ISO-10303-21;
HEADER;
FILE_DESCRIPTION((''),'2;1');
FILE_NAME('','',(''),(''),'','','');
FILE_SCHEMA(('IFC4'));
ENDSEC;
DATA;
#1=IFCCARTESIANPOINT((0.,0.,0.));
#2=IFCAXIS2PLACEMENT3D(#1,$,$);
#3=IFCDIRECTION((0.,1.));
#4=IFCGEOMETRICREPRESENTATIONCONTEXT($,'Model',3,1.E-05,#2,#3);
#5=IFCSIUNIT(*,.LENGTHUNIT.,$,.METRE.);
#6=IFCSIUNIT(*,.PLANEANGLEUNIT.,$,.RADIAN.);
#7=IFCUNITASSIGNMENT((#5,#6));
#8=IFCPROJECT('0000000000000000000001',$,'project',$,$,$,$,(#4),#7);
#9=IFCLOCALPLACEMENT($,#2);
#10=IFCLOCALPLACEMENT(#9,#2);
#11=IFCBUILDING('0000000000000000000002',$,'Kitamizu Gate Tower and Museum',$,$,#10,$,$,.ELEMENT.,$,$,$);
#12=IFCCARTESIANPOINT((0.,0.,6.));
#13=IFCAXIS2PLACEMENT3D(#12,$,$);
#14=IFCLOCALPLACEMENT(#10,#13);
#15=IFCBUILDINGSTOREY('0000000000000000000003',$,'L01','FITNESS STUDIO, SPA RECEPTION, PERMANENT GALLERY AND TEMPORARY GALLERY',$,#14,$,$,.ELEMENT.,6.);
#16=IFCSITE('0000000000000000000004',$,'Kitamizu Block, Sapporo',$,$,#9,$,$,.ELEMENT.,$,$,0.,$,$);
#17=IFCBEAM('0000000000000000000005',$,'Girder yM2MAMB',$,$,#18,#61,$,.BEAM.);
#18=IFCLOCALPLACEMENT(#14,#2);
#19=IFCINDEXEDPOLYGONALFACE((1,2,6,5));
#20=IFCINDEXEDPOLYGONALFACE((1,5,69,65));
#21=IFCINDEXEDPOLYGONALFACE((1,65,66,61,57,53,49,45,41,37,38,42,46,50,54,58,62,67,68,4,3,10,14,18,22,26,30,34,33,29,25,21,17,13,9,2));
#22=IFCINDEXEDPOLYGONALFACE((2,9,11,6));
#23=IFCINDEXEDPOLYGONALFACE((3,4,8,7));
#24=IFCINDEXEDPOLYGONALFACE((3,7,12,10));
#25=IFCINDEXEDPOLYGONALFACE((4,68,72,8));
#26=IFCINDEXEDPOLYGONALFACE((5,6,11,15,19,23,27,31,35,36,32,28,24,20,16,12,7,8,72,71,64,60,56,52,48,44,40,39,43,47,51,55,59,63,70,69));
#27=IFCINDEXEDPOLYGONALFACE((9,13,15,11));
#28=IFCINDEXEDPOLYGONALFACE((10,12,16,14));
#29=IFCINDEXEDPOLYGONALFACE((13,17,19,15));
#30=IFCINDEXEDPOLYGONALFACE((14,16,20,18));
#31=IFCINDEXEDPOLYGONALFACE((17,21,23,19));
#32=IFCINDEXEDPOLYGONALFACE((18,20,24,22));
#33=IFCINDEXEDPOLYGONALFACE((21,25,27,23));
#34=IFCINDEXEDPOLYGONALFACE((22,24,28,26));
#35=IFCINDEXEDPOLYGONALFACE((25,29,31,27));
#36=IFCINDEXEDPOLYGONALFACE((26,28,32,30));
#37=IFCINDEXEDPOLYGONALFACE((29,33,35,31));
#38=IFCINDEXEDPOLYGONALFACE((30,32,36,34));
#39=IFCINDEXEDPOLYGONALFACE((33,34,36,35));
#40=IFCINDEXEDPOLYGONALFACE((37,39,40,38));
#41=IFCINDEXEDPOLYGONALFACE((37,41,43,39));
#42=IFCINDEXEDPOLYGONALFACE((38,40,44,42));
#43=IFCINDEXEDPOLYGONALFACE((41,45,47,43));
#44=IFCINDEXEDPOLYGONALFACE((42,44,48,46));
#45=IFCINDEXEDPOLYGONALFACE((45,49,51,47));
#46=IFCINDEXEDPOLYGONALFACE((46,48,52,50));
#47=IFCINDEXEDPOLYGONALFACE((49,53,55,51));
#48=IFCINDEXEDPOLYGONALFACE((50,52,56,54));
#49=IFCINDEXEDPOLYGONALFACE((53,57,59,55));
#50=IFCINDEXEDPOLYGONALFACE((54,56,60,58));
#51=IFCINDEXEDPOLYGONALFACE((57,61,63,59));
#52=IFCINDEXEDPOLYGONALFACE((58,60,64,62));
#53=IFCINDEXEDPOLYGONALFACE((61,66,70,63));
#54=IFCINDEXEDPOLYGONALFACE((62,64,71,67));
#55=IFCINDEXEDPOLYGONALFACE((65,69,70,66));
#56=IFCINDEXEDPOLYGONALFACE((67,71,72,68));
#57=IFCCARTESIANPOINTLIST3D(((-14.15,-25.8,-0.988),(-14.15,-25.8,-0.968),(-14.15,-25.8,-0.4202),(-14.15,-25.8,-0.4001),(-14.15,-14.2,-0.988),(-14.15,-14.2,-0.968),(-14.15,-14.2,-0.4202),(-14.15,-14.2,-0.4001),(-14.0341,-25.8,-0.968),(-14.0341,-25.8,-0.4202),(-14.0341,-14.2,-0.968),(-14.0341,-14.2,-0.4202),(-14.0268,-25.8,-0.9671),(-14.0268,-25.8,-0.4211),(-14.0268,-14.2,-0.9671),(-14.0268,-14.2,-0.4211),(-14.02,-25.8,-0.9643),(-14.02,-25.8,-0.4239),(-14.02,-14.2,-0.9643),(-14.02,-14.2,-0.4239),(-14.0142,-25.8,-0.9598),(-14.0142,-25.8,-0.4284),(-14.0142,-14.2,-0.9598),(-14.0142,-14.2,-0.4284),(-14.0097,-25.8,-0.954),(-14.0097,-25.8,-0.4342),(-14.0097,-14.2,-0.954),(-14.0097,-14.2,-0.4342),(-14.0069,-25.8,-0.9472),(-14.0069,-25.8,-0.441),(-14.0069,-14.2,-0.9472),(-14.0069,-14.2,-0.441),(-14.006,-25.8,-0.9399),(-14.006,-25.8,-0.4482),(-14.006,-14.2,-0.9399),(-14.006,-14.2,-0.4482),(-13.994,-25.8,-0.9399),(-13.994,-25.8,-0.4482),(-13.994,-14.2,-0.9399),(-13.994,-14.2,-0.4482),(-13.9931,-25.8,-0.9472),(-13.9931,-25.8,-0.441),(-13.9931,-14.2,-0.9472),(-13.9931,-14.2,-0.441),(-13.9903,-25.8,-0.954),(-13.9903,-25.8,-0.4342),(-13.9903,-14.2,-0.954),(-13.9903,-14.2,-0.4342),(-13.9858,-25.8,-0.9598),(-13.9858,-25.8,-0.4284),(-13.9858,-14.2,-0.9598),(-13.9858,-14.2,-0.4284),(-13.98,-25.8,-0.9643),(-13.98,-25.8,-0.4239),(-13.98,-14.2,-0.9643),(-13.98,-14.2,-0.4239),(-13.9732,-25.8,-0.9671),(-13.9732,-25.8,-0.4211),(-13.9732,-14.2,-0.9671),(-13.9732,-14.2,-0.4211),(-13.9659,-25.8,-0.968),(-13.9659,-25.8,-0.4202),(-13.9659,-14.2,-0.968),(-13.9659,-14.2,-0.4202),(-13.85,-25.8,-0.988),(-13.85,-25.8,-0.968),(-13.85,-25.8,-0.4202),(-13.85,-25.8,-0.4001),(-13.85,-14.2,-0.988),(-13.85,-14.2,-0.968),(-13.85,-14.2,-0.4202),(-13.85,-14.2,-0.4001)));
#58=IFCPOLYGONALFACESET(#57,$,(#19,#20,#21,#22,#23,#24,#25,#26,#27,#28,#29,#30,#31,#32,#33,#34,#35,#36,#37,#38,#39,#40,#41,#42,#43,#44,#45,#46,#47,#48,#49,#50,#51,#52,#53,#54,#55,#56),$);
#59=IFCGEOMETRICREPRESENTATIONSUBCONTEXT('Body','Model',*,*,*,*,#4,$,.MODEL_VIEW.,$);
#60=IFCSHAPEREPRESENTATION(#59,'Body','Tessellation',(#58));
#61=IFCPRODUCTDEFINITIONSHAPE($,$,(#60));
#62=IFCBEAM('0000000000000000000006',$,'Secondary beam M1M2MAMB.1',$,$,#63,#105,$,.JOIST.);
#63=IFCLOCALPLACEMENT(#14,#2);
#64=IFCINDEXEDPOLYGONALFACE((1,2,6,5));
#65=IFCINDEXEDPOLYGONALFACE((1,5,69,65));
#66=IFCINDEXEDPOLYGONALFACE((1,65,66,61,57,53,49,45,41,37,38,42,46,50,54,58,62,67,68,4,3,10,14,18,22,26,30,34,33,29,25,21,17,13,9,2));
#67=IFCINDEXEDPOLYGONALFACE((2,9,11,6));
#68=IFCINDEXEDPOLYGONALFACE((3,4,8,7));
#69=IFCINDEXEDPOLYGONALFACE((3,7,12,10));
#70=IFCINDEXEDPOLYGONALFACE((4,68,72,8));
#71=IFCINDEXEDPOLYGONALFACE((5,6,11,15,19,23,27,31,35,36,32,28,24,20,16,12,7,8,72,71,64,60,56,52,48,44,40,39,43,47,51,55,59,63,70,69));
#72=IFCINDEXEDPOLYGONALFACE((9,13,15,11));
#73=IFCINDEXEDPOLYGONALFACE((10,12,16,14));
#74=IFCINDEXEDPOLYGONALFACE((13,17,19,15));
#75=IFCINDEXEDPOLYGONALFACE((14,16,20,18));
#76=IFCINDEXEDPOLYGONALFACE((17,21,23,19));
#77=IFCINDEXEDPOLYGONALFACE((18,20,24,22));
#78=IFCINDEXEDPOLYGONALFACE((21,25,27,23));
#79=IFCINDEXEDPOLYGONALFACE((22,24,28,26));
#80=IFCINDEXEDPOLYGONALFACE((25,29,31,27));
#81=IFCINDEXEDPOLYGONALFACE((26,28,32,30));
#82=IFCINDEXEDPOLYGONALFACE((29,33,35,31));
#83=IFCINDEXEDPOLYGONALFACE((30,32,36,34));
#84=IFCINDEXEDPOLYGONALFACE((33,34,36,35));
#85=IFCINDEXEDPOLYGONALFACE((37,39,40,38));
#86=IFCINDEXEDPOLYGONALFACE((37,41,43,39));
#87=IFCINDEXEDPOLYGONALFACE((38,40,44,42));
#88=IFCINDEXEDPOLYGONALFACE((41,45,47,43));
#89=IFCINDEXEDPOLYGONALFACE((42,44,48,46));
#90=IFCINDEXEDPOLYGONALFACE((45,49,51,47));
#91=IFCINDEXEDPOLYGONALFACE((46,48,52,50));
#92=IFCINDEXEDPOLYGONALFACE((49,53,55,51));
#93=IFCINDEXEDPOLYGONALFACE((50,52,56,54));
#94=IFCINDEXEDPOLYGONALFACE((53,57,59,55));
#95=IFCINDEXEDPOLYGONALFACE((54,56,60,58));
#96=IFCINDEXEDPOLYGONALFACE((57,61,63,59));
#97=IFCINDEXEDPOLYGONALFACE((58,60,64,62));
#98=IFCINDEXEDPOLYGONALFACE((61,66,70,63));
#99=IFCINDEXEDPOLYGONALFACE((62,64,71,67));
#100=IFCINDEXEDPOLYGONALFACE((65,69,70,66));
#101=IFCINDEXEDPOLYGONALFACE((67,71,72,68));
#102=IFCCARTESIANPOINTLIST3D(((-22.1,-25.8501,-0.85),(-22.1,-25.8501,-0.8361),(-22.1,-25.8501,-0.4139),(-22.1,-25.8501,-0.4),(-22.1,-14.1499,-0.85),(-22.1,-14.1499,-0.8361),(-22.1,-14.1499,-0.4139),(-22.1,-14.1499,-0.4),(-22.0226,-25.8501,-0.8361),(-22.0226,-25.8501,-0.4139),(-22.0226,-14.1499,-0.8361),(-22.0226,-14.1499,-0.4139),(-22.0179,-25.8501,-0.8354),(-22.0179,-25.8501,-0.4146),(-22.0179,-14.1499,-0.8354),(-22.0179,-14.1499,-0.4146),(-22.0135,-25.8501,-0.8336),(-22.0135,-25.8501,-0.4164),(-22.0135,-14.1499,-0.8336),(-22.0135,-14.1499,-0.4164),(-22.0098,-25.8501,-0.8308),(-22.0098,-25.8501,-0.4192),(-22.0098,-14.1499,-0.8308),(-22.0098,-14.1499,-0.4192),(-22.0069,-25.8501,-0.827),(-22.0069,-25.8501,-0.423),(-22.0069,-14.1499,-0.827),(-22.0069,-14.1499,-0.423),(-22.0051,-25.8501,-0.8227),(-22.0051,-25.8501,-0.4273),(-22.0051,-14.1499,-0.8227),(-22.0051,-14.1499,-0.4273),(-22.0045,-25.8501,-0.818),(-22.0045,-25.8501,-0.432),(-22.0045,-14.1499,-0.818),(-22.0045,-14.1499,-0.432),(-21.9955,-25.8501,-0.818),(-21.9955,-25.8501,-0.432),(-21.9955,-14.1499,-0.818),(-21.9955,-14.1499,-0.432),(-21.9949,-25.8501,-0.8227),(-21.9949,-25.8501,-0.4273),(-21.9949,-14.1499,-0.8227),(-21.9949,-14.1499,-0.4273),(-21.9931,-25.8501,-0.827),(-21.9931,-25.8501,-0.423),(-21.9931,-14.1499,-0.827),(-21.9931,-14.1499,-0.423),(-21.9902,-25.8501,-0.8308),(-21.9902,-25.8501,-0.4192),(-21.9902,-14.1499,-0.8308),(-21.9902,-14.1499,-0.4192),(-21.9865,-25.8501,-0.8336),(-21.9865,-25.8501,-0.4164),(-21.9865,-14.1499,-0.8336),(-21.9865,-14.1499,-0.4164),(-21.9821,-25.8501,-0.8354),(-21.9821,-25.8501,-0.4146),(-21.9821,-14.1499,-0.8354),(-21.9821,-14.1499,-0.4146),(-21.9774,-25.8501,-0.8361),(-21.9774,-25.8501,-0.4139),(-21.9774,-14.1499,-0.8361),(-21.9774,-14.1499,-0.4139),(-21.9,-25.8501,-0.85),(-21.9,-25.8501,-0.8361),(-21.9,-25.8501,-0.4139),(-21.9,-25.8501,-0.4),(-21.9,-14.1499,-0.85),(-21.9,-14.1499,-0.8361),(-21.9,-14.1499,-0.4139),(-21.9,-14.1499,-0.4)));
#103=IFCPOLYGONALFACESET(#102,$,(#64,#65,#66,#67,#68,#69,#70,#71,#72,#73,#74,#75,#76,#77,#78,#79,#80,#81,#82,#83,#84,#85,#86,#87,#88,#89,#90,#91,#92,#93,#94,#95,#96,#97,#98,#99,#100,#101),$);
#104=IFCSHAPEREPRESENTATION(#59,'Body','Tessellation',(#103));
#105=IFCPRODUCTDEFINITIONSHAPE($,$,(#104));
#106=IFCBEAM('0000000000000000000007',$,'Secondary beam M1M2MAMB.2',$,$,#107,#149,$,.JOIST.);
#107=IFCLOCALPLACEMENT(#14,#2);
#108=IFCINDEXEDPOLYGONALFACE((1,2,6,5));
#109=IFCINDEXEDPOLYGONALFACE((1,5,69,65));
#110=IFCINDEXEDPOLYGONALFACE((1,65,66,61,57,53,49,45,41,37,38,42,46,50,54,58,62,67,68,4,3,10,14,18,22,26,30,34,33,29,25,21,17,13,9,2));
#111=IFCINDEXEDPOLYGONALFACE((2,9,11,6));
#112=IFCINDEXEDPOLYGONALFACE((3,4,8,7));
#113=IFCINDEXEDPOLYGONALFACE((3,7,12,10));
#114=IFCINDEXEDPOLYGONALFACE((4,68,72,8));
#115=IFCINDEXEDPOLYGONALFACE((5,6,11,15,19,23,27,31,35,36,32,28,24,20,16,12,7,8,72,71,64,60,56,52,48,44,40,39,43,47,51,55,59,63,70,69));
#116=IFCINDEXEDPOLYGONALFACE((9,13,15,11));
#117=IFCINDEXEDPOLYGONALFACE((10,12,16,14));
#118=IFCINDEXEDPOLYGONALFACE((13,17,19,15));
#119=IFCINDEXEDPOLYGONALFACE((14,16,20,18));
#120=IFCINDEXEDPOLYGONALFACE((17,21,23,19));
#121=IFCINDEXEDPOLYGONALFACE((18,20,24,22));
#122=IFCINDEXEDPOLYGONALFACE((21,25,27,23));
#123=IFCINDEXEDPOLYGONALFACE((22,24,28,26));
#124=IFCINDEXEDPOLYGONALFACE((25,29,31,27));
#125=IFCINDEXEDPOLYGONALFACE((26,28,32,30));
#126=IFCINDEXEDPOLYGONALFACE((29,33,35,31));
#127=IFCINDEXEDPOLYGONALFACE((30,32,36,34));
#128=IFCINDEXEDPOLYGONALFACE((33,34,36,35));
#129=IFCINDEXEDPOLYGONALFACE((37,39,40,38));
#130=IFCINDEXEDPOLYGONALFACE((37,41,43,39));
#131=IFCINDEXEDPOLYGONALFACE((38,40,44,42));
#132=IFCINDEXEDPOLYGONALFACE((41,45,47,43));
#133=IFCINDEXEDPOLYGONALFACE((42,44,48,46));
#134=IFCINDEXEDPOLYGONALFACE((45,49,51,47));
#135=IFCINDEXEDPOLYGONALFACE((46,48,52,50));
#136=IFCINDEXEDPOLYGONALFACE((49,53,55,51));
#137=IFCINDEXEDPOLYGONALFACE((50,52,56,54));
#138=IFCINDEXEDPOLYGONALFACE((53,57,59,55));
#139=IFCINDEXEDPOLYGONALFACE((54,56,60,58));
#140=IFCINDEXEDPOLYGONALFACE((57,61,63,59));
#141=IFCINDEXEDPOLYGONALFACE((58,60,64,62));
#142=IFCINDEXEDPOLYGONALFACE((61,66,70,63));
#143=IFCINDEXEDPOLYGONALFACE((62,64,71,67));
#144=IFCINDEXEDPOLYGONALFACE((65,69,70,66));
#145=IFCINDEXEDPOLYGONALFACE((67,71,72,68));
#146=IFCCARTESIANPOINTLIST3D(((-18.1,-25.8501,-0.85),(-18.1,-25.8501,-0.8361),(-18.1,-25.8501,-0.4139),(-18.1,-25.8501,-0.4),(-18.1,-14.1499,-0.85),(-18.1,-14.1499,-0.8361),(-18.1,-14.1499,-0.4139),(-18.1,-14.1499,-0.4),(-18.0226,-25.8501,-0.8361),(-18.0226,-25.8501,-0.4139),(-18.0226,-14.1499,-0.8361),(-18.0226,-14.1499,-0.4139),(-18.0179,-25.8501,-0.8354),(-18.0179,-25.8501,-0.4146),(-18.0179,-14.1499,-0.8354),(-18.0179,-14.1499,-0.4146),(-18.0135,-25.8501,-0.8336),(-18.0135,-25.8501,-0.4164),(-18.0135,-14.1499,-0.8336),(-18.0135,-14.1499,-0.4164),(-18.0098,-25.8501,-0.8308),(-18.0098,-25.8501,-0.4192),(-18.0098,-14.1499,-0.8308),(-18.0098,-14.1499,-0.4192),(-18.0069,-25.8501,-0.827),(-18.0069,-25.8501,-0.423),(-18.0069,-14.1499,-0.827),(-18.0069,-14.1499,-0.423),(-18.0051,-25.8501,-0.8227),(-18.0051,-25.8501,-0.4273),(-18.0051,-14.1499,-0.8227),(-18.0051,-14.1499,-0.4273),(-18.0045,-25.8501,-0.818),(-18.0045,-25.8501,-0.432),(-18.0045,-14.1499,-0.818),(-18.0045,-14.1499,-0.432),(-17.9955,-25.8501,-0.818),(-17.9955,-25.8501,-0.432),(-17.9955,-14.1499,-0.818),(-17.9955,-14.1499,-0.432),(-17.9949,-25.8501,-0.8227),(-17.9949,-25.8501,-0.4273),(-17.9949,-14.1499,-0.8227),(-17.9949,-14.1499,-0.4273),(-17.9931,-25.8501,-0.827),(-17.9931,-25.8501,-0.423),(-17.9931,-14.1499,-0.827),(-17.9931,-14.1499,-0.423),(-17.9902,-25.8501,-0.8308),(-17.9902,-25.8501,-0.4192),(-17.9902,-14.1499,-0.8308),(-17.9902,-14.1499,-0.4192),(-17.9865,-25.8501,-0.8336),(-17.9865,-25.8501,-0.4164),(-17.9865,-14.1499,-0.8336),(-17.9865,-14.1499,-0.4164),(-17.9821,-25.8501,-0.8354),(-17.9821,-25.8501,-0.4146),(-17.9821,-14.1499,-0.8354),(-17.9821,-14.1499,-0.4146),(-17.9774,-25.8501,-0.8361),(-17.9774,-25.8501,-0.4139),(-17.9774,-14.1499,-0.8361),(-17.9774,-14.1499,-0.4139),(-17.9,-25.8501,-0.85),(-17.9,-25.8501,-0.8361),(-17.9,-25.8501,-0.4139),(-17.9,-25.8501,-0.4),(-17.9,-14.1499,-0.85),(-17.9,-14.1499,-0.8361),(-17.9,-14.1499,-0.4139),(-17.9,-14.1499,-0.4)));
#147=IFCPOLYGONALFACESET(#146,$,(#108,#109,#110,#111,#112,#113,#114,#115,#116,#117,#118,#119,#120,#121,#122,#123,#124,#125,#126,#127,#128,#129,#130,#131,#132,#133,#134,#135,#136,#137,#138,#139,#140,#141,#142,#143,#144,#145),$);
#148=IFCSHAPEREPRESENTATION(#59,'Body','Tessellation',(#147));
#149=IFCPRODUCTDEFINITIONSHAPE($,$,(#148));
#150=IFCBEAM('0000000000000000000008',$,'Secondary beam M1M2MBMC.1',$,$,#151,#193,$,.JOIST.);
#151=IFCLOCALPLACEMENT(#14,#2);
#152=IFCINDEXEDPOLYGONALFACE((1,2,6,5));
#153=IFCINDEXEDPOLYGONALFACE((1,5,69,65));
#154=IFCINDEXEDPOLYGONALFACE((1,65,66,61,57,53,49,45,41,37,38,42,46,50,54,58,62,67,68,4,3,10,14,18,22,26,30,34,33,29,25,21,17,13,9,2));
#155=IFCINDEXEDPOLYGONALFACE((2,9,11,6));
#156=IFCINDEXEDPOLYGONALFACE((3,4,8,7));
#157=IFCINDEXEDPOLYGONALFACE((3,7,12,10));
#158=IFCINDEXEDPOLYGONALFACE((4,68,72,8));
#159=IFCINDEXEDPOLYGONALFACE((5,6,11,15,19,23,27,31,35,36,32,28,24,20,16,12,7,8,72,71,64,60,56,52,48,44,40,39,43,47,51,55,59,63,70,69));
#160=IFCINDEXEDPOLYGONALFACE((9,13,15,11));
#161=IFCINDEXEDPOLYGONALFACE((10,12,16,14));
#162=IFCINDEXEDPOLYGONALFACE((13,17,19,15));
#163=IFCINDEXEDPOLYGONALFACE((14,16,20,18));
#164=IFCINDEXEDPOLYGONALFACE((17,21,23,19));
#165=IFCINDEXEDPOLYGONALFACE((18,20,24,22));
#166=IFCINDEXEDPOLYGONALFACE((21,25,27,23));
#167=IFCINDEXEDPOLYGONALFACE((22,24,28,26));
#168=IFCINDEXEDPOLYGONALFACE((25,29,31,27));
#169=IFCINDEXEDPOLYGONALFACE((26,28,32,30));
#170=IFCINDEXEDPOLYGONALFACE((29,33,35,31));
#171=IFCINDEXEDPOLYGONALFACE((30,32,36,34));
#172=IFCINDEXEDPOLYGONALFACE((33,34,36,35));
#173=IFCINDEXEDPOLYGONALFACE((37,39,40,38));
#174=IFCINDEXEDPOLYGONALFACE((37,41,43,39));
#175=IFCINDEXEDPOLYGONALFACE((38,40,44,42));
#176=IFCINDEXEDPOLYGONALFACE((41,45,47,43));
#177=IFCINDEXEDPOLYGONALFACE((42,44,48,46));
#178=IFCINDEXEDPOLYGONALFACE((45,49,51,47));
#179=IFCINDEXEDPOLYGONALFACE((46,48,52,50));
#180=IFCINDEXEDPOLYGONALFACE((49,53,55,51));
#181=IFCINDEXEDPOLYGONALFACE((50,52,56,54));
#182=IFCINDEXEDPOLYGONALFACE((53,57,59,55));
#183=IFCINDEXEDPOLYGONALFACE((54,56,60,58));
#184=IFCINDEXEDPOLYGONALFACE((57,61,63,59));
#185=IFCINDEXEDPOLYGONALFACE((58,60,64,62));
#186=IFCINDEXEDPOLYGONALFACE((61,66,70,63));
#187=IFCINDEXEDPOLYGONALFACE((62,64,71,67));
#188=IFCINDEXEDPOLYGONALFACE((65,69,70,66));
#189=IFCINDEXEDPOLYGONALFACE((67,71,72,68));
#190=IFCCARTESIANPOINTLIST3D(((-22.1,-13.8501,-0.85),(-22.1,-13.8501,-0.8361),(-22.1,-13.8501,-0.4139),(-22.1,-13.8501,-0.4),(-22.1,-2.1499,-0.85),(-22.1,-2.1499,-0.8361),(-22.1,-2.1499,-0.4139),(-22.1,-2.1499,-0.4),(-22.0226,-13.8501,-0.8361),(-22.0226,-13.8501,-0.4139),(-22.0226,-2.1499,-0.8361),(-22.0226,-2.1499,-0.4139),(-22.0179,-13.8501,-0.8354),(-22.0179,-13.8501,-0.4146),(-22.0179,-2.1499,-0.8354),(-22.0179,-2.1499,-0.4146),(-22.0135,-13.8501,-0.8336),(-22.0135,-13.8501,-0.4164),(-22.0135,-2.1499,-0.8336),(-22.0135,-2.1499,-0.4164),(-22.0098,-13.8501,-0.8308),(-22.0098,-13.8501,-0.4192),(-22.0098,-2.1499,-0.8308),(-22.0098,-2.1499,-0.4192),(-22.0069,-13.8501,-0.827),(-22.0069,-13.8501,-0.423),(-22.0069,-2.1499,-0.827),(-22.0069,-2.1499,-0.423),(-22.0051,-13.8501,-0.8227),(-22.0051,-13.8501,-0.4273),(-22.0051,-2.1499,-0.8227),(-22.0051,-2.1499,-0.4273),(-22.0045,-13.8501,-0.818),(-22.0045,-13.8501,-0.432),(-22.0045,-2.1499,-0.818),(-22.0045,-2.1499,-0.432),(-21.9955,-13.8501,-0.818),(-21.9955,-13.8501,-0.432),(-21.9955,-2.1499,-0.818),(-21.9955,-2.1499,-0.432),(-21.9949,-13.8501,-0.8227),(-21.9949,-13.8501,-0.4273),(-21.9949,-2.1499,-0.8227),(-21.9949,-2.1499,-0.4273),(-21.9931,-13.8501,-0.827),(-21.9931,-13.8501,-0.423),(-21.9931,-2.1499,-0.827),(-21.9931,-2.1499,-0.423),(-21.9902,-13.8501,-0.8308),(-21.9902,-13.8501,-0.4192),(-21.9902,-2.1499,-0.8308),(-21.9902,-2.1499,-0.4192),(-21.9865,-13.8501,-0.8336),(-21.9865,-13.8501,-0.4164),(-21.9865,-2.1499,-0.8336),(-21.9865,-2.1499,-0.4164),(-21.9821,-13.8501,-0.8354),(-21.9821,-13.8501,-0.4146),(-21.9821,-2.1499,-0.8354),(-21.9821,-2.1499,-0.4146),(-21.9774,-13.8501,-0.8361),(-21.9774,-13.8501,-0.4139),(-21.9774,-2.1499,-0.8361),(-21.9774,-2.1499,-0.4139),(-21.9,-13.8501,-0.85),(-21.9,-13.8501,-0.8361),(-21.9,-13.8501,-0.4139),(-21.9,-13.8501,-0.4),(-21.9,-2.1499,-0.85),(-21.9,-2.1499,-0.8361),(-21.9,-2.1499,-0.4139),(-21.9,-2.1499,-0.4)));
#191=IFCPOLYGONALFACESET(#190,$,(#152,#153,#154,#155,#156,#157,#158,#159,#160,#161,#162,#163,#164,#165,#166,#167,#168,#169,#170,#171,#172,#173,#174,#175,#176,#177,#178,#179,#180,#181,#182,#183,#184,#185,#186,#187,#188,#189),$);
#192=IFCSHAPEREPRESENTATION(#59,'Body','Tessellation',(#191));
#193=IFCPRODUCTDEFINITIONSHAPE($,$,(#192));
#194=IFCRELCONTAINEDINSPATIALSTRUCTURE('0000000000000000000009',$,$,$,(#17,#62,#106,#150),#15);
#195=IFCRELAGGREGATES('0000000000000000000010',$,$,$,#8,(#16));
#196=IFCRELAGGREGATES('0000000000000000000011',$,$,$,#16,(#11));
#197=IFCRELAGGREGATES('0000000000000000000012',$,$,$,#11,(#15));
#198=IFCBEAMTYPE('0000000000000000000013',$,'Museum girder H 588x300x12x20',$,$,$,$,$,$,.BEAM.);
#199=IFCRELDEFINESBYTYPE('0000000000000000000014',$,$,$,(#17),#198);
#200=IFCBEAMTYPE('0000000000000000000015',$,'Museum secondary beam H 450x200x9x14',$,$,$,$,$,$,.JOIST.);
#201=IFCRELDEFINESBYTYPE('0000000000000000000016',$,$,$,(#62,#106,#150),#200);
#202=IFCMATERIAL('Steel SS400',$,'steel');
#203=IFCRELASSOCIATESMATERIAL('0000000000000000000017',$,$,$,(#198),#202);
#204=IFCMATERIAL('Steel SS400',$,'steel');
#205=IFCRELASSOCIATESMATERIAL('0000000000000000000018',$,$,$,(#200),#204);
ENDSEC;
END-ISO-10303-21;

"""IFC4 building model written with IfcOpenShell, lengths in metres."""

from ifc_helpers import new_model, si_unit, direction, frame, origin, origin_2d, place, context, subcontext, project, spatial, i_section, extrude, material, material_profile, profile_set, type_object, element, save


model = new_model("IFC4")

# Units and contexts
model_context = context("Model", 3, precision=1e-05, world=origin(), true_north=direction((0.0, 1.0)))
body_context = subcontext(model_context, "Body", "Model", "MODEL_VIEW")
ifc_project = project(units=[si_unit("LENGTHUNIT", "METRE"), si_unit("PLANEANGLEUNIT", "RADIAN")], contexts=[model_context])

# Site, building, storey
site_placement = place(None, origin())
site = spatial("IfcSite", under=ifc_project, at=site_placement, Name="Kitamizu Block, Sapporo", CompositionType="ELEMENT", RefElevation=0.0)
building_placement = place(site_placement, origin())
building = spatial("IfcBuilding", under=site, at=building_placement, Name="Kitamizu Gate Tower and Museum", CompositionType="ELEMENT")
storey_placement = place(building_placement, frame((0.0, 0.0, 6.0)))
storey = spatial("IfcBuildingStorey", under=building, at=storey_placement, Name="L01", Description="FITNESS STUDIO, SPA RECEPTION, PERMANENT GALLERY AND TEMPORARY GALLERY", CompositionType="ELEMENT", Elevation=6.0)

# Beams
ifc_material_1 = material(Name="Steel SS400", Category="steel")
ifc_material_profile_1 = material_profile(ifc_material_1, i_section(OverallWidth=0.3, OverallDepth=0.5879, WebThickness=0.012, FlangeThickness=0.02, FilletRadius=0.0281, at=origin_2d()), Name="H-588x300x12x20")
ifc_profile_set_1 = profile_set([ifc_material_profile_1], Name="Steel SS400")
beam_type_1 = type_object("IfcBeamType", Name="Museum girder H 588x300x12x20", PredefinedType="BEAM", material=ifc_profile_set_1)
for number, where, z_axis, x_axis, name in (
    (1, (-14.0, -25.8, -0.6941), (0.0, 1.0, 0.0), (-1.0, 0.0, 0.0), "Girder yM2MAMB"),
):
    element("IfcBeam", number, at=place(storey_placement, frame(where, z_axis=z_axis, x_axis=x_axis)), inside=storey, type_object=beam_type_1, Name=name, PredefinedType="BEAM", context=body_context, shape_type="SweptSolid", body=[
        extrude(i_section(OverallWidth=0.3, OverallDepth=0.5879, WebThickness=0.012, FlangeThickness=0.02, FilletRadius=0.0281, at=origin_2d()), origin(), (0.0, 0.0, 1.0), 11.6001),
    ])
ifc_material_2 = material(Name="Steel SS400", Category="steel")
ifc_material_profile_2 = material_profile(ifc_material_2, i_section(OverallWidth=0.2, OverallDepth=0.45, WebThickness=0.009, FlangeThickness=0.0139, FilletRadius=0.0181, at=origin_2d()), Name="H-450x200x9x14")
ifc_profile_set_2 = profile_set([ifc_material_profile_2], Name="Steel SS400")
beam_type_2 = type_object("IfcBeamType", Name="Museum secondary beam H 450x200x9x14", PredefinedType="JOIST", material=ifc_profile_set_2)
for number, where, z_axis, x_axis, name in (
    (2, (-22.0, -25.8501, -0.625), (0.0, 1.0, 0.0), (-1.0, 0.0, 0.0), "Secondary beam M1M2MAMB.1"),
    (3, (-18.0, -25.8501, -0.625), (0.0, 1.0, 0.0), (-1.0, 0.0, 0.0), "Secondary beam M1M2MAMB.2"),
    (4, (-22.0, -13.8501, -0.625), (0.0, 1.0, 0.0), (-1.0, 0.0, 0.0), "Secondary beam M1M2MBMC.1"),
):
    element("IfcBeam", number, at=place(storey_placement, frame(where, z_axis=z_axis, x_axis=x_axis)), inside=storey, type_object=beam_type_2, Name=name, PredefinedType="JOIST", context=body_context, shape_type="SweptSolid", body=[
        extrude(i_section(OverallWidth=0.2, OverallDepth=0.45, WebThickness=0.009, FlangeThickness=0.0139, FilletRadius=0.0181, at=origin_2d()), origin(), (0.0, 0.0, 1.0), 11.7002),
    ])

save(model, "model.ifc")
